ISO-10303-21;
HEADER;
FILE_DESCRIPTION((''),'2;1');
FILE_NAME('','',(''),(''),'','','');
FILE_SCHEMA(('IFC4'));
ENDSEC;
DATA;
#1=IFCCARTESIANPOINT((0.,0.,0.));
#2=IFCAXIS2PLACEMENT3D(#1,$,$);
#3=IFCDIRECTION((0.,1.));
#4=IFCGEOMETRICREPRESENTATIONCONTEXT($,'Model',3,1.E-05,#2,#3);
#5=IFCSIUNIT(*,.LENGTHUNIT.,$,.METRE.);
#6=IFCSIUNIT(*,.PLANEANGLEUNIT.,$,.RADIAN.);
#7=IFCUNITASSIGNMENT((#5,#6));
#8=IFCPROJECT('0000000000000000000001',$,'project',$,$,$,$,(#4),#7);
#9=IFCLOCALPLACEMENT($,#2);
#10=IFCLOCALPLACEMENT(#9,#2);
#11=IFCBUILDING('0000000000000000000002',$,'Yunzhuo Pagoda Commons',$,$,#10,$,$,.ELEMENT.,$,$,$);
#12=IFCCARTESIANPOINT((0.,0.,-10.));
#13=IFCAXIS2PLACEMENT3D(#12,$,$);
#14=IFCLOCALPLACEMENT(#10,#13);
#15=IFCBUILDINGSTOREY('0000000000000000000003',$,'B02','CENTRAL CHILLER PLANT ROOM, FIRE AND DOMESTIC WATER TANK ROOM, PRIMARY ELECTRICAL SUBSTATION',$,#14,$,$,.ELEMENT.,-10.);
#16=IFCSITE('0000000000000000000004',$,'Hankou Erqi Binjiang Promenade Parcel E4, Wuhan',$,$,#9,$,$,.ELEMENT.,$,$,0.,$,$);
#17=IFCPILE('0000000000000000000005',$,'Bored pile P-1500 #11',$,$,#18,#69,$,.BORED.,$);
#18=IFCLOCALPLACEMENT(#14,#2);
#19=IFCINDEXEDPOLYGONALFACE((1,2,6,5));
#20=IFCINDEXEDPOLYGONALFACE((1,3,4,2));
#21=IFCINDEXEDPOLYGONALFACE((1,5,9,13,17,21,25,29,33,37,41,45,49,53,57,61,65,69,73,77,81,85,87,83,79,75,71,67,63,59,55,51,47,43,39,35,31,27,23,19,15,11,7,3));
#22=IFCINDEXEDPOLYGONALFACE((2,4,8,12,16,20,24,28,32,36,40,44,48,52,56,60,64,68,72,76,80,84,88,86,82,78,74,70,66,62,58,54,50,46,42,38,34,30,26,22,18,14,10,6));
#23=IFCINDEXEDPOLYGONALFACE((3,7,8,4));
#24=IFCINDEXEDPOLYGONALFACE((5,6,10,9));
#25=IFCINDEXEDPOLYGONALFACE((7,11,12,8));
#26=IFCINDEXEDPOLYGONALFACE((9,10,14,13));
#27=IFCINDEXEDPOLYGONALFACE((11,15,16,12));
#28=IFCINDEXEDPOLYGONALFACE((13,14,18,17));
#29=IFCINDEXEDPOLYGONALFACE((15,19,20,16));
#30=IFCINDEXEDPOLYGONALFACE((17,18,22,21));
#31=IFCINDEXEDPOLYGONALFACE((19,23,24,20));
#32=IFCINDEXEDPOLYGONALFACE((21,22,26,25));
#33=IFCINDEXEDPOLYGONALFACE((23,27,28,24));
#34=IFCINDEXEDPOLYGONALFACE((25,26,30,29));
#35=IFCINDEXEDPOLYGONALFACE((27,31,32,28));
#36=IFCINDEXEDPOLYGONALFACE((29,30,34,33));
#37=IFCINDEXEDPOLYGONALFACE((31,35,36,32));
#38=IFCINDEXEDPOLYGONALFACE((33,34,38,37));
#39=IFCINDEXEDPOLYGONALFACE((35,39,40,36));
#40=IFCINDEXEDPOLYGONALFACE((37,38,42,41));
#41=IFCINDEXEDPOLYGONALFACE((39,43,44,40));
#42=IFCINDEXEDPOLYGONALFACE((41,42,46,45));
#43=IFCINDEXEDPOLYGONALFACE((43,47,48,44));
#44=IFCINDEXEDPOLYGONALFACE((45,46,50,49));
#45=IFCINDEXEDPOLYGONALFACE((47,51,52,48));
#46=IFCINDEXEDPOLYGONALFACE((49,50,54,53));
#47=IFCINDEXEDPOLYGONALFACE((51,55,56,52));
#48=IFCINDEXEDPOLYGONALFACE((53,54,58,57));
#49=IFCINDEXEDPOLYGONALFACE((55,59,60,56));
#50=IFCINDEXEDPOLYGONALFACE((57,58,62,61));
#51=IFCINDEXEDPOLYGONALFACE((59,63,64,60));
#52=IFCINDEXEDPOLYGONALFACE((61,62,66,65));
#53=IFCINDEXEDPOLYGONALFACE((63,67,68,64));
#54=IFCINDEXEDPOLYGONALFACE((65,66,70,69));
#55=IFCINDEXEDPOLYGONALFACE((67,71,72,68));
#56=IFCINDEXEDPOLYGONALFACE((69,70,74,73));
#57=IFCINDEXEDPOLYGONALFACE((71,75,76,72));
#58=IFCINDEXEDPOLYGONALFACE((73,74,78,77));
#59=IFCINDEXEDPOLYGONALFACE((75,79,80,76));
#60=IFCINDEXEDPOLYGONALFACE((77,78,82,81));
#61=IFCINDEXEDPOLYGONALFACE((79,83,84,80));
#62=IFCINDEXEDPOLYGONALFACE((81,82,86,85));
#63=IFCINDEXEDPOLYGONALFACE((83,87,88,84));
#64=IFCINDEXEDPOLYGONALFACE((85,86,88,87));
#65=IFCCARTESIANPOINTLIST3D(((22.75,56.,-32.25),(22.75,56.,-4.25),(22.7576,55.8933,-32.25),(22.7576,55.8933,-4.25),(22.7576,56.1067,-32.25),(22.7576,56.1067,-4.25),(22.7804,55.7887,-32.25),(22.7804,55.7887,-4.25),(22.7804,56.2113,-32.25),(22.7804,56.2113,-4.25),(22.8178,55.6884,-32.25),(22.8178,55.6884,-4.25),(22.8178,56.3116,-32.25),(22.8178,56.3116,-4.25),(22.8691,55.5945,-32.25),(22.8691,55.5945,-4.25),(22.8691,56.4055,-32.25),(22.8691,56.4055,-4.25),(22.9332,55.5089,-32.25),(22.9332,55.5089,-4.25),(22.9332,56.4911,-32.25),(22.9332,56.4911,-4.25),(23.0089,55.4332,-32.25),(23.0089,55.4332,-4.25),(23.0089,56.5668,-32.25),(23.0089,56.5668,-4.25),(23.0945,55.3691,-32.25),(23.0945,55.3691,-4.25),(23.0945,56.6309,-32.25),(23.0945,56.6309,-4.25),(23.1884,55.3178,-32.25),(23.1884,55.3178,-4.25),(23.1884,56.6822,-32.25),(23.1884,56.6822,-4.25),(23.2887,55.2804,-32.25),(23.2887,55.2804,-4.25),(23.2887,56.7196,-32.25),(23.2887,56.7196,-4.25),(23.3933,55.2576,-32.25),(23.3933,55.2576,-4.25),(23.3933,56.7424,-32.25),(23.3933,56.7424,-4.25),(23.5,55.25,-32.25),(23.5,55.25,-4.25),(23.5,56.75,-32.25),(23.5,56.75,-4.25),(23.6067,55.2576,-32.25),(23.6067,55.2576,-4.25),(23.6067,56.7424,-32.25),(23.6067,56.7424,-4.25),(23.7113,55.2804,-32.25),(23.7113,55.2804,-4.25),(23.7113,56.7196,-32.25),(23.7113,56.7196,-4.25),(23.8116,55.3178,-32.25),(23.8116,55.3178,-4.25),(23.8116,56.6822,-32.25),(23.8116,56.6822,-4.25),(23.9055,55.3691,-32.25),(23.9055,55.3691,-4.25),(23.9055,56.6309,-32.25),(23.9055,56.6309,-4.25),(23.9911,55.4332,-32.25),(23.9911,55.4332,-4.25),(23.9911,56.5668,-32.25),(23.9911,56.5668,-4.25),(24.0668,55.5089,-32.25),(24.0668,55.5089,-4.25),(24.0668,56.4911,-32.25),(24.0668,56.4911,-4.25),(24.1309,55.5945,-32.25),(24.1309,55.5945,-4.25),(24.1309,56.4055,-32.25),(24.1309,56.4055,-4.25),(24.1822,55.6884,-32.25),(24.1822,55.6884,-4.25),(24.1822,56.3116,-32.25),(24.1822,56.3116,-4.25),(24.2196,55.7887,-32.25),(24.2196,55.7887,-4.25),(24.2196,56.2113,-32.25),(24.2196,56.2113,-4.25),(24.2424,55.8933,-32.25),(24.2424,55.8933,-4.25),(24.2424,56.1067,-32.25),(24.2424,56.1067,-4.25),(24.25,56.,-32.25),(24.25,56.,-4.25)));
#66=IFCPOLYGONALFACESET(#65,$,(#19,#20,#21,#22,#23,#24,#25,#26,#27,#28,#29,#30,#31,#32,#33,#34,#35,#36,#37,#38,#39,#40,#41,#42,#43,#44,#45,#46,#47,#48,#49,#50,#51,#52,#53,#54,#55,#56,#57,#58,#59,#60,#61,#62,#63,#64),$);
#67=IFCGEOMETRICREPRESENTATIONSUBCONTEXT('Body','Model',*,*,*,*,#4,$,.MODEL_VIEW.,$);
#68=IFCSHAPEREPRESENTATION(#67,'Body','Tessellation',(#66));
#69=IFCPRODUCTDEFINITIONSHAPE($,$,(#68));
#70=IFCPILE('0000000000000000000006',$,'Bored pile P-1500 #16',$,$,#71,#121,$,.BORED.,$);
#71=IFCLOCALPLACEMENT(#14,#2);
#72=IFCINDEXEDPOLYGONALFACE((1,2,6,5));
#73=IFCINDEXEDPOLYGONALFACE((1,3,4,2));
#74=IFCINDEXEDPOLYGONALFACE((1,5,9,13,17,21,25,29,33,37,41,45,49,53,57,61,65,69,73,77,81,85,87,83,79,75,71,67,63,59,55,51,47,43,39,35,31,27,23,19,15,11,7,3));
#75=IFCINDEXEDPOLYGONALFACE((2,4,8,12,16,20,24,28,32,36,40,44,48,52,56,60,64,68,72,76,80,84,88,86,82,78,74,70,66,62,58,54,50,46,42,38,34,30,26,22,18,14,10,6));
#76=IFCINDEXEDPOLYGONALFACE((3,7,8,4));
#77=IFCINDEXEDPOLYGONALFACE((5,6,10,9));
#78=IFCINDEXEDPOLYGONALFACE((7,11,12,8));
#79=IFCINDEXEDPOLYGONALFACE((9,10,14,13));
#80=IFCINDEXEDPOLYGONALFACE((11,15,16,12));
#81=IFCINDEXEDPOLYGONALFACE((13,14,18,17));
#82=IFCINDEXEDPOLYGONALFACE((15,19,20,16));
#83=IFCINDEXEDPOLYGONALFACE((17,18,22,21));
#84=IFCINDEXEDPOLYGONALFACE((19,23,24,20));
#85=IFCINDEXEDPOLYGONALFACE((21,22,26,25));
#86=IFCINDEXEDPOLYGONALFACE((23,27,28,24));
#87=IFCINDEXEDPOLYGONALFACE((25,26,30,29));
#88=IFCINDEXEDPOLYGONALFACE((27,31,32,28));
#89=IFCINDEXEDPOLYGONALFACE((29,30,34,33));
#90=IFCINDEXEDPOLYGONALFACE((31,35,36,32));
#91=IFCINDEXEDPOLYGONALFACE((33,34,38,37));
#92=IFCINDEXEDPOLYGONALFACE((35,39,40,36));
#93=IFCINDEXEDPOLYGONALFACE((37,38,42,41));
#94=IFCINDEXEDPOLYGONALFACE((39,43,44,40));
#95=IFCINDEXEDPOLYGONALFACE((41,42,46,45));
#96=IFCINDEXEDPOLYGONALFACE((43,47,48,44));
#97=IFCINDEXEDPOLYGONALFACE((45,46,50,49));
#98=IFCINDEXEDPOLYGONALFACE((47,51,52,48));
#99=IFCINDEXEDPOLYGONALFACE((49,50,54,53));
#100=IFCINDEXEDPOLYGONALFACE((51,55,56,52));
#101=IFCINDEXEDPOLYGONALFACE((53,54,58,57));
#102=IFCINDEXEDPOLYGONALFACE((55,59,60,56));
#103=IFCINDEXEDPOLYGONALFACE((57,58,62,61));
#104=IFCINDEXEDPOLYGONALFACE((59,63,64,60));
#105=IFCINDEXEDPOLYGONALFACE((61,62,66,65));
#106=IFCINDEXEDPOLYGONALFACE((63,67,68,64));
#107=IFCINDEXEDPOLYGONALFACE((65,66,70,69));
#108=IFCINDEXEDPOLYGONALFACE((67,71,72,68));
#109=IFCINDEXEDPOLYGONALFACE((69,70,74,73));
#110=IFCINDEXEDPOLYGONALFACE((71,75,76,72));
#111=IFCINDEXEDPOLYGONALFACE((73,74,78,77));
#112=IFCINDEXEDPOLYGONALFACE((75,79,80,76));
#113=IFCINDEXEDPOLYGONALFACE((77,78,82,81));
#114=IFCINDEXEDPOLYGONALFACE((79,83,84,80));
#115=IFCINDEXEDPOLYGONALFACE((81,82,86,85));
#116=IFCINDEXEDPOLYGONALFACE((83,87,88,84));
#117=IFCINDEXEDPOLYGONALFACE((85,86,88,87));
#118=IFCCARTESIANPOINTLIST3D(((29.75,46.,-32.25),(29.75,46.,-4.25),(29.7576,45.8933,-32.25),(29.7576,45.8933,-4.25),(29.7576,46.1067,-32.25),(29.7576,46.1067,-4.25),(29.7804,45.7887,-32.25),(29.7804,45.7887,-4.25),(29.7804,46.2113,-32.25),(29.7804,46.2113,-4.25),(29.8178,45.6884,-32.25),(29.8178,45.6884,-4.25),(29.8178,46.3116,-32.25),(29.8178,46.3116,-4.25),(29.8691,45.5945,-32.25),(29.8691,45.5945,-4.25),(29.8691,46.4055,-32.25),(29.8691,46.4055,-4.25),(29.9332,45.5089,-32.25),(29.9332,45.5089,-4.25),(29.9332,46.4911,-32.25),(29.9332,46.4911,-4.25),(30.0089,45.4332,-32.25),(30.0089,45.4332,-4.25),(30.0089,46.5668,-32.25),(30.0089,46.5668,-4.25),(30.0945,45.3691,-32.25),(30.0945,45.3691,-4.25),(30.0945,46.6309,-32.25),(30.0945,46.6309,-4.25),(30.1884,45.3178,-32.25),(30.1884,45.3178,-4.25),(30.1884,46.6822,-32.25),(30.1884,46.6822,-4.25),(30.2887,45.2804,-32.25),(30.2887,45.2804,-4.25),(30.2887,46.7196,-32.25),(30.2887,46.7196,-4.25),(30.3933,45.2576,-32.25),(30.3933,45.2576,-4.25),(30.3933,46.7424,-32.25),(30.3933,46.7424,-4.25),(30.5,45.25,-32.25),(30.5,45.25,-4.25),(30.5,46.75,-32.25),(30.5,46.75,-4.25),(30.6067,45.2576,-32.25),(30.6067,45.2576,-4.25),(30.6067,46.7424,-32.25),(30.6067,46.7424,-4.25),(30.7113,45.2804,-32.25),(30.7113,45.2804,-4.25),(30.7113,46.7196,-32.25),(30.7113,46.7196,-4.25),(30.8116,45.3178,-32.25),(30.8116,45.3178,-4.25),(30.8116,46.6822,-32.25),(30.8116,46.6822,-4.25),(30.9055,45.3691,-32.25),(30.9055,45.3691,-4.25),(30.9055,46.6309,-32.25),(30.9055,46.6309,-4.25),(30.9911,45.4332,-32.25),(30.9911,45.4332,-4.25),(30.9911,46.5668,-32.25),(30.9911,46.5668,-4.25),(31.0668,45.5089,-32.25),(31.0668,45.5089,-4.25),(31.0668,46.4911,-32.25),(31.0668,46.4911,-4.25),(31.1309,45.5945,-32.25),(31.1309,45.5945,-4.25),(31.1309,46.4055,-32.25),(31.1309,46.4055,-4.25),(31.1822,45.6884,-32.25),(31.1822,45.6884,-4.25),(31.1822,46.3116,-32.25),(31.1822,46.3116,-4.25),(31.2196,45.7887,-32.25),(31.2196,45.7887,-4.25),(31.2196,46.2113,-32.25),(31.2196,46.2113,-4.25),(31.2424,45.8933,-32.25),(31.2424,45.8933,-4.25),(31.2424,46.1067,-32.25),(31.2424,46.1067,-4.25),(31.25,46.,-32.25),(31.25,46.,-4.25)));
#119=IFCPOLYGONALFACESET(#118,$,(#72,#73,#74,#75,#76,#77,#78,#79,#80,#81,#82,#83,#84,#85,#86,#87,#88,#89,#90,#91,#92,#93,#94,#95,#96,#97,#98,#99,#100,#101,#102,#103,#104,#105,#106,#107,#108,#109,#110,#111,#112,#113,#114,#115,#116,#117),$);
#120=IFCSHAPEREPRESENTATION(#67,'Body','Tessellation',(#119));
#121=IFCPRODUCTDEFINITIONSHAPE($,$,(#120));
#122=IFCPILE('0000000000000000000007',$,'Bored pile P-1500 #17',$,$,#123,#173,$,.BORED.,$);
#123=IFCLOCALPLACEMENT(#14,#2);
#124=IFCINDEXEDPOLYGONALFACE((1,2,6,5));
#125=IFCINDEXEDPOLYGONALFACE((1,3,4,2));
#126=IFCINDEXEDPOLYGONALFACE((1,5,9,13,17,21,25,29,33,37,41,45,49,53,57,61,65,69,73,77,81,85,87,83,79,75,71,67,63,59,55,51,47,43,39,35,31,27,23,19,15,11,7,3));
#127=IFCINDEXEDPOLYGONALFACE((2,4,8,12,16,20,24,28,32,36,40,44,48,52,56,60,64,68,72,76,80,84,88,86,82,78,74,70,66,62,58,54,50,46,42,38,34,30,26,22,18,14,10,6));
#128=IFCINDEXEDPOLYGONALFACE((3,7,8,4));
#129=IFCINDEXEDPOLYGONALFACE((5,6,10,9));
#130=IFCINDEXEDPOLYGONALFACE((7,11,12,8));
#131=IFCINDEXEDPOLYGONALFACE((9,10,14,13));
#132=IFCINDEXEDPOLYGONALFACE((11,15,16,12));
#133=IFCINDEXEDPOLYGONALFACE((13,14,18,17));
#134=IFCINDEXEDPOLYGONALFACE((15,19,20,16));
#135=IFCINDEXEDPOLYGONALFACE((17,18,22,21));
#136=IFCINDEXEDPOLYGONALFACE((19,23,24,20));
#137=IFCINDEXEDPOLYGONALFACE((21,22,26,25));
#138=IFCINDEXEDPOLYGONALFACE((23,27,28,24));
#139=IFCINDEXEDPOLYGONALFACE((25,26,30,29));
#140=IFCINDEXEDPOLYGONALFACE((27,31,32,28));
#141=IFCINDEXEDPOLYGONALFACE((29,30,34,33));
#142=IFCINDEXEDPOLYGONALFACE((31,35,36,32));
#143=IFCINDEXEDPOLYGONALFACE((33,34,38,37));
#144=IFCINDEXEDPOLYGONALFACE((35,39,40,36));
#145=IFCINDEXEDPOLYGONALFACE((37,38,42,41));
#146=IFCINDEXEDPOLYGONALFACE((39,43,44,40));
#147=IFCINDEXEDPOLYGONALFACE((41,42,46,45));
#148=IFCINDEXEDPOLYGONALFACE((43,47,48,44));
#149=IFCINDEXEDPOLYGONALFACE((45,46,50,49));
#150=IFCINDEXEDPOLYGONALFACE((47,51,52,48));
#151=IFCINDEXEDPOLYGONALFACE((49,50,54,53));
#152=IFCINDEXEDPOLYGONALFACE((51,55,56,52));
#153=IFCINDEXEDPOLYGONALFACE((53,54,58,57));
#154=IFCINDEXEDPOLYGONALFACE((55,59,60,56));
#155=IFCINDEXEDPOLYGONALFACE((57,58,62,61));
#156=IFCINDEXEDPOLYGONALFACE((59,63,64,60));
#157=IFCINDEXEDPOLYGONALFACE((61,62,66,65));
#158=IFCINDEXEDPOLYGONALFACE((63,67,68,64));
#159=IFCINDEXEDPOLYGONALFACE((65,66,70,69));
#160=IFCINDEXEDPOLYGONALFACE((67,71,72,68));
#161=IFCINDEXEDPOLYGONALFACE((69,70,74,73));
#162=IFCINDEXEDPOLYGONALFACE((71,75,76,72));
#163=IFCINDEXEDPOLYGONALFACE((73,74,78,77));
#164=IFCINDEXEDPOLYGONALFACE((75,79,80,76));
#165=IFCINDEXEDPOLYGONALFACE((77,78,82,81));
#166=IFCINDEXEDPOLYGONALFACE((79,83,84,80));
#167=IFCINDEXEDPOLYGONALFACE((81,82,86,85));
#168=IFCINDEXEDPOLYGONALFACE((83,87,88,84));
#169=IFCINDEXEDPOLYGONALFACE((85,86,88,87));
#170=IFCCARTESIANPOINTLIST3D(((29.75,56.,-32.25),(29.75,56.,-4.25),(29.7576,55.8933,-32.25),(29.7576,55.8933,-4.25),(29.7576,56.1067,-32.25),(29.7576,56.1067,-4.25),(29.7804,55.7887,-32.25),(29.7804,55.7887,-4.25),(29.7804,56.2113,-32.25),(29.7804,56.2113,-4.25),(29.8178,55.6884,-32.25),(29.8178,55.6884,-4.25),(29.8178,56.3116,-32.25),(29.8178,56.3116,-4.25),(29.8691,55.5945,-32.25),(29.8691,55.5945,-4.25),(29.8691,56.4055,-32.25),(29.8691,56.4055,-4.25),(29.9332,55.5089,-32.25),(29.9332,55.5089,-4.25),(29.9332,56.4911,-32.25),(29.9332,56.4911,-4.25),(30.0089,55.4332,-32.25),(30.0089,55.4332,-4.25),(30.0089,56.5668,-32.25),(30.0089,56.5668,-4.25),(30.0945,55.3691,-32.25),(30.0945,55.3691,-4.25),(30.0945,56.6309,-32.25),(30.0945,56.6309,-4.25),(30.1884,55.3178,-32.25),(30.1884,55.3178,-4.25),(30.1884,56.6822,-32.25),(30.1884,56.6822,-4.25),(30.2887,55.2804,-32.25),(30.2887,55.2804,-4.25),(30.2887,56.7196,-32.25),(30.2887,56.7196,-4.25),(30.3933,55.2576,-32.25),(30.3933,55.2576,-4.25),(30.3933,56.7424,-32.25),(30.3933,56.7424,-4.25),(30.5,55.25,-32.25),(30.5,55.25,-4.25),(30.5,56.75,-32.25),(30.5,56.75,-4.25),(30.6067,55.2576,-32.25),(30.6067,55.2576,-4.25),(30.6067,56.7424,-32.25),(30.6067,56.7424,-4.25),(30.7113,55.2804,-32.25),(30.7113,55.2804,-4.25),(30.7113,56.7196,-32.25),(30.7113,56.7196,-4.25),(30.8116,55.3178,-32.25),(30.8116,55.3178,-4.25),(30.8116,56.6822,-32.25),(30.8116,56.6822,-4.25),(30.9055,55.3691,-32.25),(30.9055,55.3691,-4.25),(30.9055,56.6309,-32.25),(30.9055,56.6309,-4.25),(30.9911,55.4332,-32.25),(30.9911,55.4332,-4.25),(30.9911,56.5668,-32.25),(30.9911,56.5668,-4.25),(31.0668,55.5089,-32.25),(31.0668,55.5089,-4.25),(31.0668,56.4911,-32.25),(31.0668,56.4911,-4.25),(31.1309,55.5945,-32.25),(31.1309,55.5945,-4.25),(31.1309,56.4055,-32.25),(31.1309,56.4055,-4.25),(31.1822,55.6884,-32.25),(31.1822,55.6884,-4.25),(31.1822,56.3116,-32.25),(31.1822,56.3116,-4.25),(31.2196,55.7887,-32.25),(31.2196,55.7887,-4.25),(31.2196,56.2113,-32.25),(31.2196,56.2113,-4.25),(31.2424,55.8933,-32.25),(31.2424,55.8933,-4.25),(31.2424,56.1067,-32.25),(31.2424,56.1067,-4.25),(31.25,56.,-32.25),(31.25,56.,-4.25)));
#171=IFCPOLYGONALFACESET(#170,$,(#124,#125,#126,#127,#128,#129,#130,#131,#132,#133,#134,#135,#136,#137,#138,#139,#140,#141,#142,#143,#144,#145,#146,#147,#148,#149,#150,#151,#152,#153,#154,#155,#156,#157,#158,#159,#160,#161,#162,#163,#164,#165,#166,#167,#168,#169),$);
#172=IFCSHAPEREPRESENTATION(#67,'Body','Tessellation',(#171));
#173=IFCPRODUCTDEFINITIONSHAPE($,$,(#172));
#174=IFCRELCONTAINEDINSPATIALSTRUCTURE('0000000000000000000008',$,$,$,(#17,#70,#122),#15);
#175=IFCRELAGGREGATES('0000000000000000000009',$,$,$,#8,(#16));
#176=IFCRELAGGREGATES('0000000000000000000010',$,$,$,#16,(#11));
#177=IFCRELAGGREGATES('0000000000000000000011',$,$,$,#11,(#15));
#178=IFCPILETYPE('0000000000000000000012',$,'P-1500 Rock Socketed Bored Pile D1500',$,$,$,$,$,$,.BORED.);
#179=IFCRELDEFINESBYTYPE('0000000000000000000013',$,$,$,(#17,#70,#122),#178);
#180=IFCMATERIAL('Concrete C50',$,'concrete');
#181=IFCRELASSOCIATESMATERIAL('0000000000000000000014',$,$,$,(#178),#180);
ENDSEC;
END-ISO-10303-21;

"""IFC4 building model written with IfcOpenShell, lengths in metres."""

from ifc_helpers import new_model, si_unit, direction, frame, origin, origin_2d, place, context, subcontext, project, spatial, circle, extrude, source, transform, mapped, material, material_profile, profile_set, type_object, element, save


model = new_model("IFC4")

# Units and contexts
model_context = context("Model", 3, precision=1e-05, world=origin(), true_north=direction((0.0, 1.0)))
body_context = subcontext(model_context, "Body", "Model", "MODEL_VIEW")
ifc_project = project(units=[si_unit("LENGTHUNIT", "METRE"), si_unit("PLANEANGLEUNIT", "RADIAN")], contexts=[model_context])

# Site, building, storey
site_placement = place(None, origin())
site = spatial("IfcSite", under=ifc_project, at=site_placement, Name="Hankou Erqi Binjiang Promenade Parcel E4, Wuhan", CompositionType="ELEMENT", RefElevation=0.0)
building_placement = place(site_placement, origin())
building = spatial("IfcBuilding", under=site, at=building_placement, Name="Yunzhuo Pagoda Commons", CompositionType="ELEMENT")
storey_placement = place(building_placement, frame((0.0, 0.0, -10.0)))
storey = spatial("IfcBuildingStorey", under=building, at=storey_placement, Name="B02", Description="CENTRAL CHILLER PLANT ROOM, FIRE AND DOMESTIC WATER TANK ROOM, PRIMARY ELECTRICAL SUBSTATION", CompositionType="ELEMENT", Elevation=-10.0)

# Piles
ifc_material_1 = material(Name="Concrete C50", Category="concrete")
ifc_material_profile_1 = material_profile(ifc_material_1, circle(Radius=0.75, at=origin_2d()), Name="Concrete C50")
ifc_profile_set_1 = profile_set([ifc_material_profile_1], Name="Concrete C50")
pile_type = type_object("IfcPileType", Name="P-1500 Rock Socketed Bored Pile D1500", PredefinedType="BORED", material=ifc_profile_set_1)
shared_shape_1 = source(origin(), body_context, "Body", "SweptSolid", [
    extrude(circle(Radius=0.75, at=origin_2d()), origin(), (0.0, 0.0, 1.0), 28.0),
])
for number, where, z_axis, x_axis, name in (
    (1, (23.5, 56.0, -4.25), (0.0, 0.0, -1.0), (1.0, 0.0, 0.0), "Bored pile P-1500 #11"),
    (2, (30.5, 46.0, -4.25), (0.0, 0.0, -1.0), (1.0, 0.0, 0.0), "Bored pile P-1500 #16"),
    (3, (30.5, 56.0, -4.25), (0.0, 0.0, -1.0), (1.0, 0.0, 0.0), "Bored pile P-1500 #17"),
):
    element("IfcPile", number, at=place(storey_placement, frame(where, z_axis=z_axis, x_axis=x_axis)), inside=storey, type_object=pile_type, Name=name, PredefinedType="BORED", context=body_context, shape_type="MappedRepresentation", body=[
        mapped(shared_shape_1, transform((0.0, 0.0, 0.0), scale=1.0)),
    ])

save(model, "model.ifc")
